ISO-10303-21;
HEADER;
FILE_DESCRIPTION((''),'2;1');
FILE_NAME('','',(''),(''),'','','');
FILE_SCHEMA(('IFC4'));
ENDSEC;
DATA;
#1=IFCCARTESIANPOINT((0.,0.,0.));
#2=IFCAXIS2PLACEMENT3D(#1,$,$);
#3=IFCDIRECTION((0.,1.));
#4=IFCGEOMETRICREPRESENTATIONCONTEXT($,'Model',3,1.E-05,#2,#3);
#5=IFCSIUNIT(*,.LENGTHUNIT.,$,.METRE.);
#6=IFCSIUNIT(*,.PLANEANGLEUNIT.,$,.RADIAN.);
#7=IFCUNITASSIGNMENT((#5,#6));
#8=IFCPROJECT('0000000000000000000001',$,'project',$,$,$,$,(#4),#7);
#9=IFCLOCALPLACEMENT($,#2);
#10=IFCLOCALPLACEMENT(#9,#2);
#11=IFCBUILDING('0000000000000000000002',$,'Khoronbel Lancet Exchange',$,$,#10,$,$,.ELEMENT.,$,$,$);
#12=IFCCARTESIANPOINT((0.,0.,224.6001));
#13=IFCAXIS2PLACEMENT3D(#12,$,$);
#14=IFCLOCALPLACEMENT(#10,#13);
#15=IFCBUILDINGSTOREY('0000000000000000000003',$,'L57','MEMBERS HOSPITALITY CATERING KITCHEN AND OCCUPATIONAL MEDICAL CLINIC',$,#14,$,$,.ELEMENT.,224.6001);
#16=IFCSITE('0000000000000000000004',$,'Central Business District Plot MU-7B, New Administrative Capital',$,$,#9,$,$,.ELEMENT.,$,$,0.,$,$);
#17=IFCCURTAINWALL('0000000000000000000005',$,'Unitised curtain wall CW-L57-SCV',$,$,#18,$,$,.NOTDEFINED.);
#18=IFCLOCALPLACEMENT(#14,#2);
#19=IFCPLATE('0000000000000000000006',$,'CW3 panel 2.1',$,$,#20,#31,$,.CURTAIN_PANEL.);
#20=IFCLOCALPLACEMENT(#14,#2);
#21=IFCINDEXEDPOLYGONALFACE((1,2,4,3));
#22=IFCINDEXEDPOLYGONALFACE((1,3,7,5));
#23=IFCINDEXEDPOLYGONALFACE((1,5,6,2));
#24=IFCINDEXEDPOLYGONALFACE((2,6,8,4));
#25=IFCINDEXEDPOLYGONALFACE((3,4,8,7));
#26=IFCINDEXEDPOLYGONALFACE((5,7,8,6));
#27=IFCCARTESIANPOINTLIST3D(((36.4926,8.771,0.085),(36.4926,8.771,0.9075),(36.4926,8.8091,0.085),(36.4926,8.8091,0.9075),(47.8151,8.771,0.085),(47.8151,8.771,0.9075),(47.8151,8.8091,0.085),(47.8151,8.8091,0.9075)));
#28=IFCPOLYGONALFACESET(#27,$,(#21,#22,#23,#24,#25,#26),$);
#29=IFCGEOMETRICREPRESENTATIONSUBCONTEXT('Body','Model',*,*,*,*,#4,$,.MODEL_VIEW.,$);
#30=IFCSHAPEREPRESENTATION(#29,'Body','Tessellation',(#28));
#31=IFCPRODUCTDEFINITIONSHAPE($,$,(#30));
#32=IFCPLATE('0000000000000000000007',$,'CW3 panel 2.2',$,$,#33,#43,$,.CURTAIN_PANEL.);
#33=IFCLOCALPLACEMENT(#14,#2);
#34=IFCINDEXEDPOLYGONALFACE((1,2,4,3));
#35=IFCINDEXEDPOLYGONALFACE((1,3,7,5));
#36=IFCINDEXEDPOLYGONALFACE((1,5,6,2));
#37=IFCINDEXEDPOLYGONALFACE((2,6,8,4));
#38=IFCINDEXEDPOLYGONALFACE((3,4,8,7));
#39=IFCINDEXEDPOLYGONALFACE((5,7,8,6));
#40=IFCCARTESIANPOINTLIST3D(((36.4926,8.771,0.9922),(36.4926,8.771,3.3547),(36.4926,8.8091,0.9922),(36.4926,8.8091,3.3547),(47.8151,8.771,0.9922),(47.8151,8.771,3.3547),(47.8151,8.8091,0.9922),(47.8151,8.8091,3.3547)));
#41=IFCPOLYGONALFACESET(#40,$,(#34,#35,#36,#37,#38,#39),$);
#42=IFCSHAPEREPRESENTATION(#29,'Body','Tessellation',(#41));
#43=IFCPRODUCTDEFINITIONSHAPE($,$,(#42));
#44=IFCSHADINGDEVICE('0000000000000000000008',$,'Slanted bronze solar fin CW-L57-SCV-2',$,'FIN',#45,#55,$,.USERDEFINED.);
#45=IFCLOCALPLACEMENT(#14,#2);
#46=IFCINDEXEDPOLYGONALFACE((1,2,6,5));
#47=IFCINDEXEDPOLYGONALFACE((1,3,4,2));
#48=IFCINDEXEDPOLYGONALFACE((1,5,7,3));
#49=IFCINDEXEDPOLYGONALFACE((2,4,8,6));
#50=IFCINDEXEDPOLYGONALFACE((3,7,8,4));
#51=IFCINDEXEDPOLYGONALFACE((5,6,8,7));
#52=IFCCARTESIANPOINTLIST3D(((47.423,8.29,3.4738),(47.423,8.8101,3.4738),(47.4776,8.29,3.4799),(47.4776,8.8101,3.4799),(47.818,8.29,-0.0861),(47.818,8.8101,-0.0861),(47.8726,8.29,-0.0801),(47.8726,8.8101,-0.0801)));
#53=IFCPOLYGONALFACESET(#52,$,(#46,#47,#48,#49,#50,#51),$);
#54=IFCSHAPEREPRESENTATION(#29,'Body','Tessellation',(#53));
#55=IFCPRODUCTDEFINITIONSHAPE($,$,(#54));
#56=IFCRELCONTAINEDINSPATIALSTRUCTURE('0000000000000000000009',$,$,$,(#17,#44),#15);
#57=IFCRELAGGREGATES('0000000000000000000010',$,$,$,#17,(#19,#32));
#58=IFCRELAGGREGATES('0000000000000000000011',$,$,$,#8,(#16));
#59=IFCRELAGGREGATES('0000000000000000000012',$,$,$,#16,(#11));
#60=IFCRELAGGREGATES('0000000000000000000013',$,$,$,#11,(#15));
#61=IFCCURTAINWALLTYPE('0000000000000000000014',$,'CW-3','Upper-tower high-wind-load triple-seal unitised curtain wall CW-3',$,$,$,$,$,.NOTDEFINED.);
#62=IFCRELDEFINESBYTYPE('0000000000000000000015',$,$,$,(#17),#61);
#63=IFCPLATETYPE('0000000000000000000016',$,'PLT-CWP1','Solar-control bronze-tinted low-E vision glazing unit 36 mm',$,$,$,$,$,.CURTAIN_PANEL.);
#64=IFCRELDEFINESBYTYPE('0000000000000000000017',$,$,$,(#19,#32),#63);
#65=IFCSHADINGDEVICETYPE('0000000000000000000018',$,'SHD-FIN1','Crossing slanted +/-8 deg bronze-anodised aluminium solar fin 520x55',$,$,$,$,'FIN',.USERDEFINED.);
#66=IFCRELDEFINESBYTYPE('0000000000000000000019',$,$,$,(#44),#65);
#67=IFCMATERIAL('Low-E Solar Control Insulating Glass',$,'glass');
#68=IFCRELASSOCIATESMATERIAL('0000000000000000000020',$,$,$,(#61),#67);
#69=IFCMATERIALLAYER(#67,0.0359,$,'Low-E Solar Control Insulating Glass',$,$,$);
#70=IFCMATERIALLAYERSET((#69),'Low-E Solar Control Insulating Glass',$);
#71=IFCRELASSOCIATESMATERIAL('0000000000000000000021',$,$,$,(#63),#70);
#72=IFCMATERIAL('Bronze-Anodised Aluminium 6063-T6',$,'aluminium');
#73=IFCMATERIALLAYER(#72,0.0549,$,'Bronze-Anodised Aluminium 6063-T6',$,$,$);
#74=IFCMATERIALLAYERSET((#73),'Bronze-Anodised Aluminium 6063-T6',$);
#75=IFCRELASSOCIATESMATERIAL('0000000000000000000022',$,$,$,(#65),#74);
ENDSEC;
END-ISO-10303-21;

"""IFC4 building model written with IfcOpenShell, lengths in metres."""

from ifc_helpers import new_model, si_unit, direction, frame, origin, origin_2d, place, context, subcontext, project, spatial, polyline, rectangle, outline, extrude, material, layer, layer_set, type_object, element, aggregate, save


model = new_model("IFC4")

# Units and contexts
model_context = context("Model", 3, precision=1e-05, world=origin(), true_north=direction((0.0, 1.0)))
body_context = subcontext(model_context, "Body", "Model", "MODEL_VIEW")
ifc_project = project(units=[si_unit("LENGTHUNIT", "METRE"), si_unit("PLANEANGLEUNIT", "RADIAN")], contexts=[model_context])

# Site, building, storey
site_placement = place(None, origin())
site = spatial("IfcSite", under=ifc_project, at=site_placement, Name="Central Business District Plot MU-7B, New Administrative Capital", CompositionType="ELEMENT", RefElevation=0.0)
building_placement = place(site_placement, origin())
building = spatial("IfcBuilding", under=site, at=building_placement, Name="Khoronbel Lancet Exchange", CompositionType="ELEMENT")
storey_placement = place(building_placement, frame((0.0, 0.0, 224.6001)))
storey = spatial("IfcBuildingStorey", under=building, at=storey_placement, Name="L57", Description="MEMBERS HOSPITALITY CATERING KITCHEN AND OCCUPATIONAL MEDICAL CLINIC", CompositionType="ELEMENT", Elevation=224.6001)

# Curtain wall
ifc_material_1 = material(Name="Low-E Solar Control Insulating Glass", Category="glass")
curtain_wall_type = type_object("IfcCurtainWallType", Name="CW-3", Description="Upper-tower high-wind-load triple-seal unitised curtain wall CW-3", PredefinedType="NOTDEFINED", material=ifc_material_1)
curtain_wall_1_placement = place(storey_placement, origin())
curtain_wall_1 = element("IfcCurtainWall", 1, at=curtain_wall_1_placement, inside=storey, type_object=curtain_wall_type, Name="Unitised curtain wall CW-L57-SCV", PredefinedType="NOTDEFINED")
ifc_material_2 = material(Name="Bronze-Anodised Aluminium 6063-T6", Category="aluminium")

# Plates
ifc_layer_1 = layer(ifc_material_1, 0.0359, Name="Low-E Solar Control Insulating Glass")
ifc_layer_set_1 = layer_set([ifc_layer_1], Name="Low-E Solar Control Insulating Glass")
plate_type_1 = type_object("IfcPlateType", Name="PLT-CWP1", Description="Solar-control bronze-tinted low-E vision glazing unit 36 mm", PredefinedType="CURTAIN_PANEL", material=ifc_layer_set_1)
plate_1_placement = place(storey_placement, frame((42.1538, 8.79, 0.085), z_axis=(0.0, 0.0, 1.0), x_axis=(1.0, 0.0, 0.0)))
plate_1 = element("IfcPlate", 2, at=plate_1_placement, type_object=plate_type_1, Name="CW3 panel 2.1", PredefinedType="CURTAIN_PANEL", context=body_context, shape_type="SweptSolid", body=[
    extrude(rectangle(XDim=11.3225, YDim=0.0381, at=origin_2d()), origin(), (0.0, 0.0, 1.0), 0.8225),
])
plate_2_placement = place(storey_placement, frame((42.1538, 8.79, 0.9922), z_axis=(0.0, 0.0, 1.0), x_axis=(1.0, 0.0, 0.0)))
plate_2 = element("IfcPlate", 3, at=plate_2_placement, type_object=plate_type_1, Name="CW3 panel 2.2", PredefinedType="CURTAIN_PANEL", context=body_context, shape_type="SweptSolid", body=[
    extrude(rectangle(XDim=11.3225, YDim=0.0381, at=origin_2d()), origin(), (0.0, 0.0, 1.0), 2.3625),
])
aggregate(curtain_wall_1, [plate_1, plate_2])

# Shading device
ifc_layer_2 = layer(ifc_material_2, 0.0549, Name="Bronze-Anodised Aluminium 6063-T6")
ifc_layer_set_2 = layer_set([ifc_layer_2], Name="Bronze-Anodised Aluminium 6063-T6")
shading_device_type = type_object("IfcShadingDeviceType", Name="SHD-FIN1", Description="Crossing slanted +/-8 deg bronze-anodised aluminium solar fin 520x55", ElementType="FIN", PredefinedType="USERDEFINED", material=ifc_layer_set_2)
shading_device_placement = place(storey_placement, frame((47.8726, 8.8101, -0.0801), z_axis=(0.9939, 0.0, 0.110282), x_axis=(0.0, -1.0, 0.0)))
element("IfcShadingDevice", 4, at=shading_device_placement, inside=storey, type_object=shading_device_type, Name="Slanted bronze solar fin CW-L57-SCV-2", ObjectType="FIN", PredefinedType="USERDEFINED", context=body_context, shape_type="SweptSolid", body=[
    extrude(outline(polyline([(0.0, 0.0), (0.52, 0.0), (0.52, -3.5818), (0.0, -3.5818), (0.0, 0.0)])), origin(), (0.0, 0.0, -1.0), 0.0549),
])

save(model, "model.ifc")
